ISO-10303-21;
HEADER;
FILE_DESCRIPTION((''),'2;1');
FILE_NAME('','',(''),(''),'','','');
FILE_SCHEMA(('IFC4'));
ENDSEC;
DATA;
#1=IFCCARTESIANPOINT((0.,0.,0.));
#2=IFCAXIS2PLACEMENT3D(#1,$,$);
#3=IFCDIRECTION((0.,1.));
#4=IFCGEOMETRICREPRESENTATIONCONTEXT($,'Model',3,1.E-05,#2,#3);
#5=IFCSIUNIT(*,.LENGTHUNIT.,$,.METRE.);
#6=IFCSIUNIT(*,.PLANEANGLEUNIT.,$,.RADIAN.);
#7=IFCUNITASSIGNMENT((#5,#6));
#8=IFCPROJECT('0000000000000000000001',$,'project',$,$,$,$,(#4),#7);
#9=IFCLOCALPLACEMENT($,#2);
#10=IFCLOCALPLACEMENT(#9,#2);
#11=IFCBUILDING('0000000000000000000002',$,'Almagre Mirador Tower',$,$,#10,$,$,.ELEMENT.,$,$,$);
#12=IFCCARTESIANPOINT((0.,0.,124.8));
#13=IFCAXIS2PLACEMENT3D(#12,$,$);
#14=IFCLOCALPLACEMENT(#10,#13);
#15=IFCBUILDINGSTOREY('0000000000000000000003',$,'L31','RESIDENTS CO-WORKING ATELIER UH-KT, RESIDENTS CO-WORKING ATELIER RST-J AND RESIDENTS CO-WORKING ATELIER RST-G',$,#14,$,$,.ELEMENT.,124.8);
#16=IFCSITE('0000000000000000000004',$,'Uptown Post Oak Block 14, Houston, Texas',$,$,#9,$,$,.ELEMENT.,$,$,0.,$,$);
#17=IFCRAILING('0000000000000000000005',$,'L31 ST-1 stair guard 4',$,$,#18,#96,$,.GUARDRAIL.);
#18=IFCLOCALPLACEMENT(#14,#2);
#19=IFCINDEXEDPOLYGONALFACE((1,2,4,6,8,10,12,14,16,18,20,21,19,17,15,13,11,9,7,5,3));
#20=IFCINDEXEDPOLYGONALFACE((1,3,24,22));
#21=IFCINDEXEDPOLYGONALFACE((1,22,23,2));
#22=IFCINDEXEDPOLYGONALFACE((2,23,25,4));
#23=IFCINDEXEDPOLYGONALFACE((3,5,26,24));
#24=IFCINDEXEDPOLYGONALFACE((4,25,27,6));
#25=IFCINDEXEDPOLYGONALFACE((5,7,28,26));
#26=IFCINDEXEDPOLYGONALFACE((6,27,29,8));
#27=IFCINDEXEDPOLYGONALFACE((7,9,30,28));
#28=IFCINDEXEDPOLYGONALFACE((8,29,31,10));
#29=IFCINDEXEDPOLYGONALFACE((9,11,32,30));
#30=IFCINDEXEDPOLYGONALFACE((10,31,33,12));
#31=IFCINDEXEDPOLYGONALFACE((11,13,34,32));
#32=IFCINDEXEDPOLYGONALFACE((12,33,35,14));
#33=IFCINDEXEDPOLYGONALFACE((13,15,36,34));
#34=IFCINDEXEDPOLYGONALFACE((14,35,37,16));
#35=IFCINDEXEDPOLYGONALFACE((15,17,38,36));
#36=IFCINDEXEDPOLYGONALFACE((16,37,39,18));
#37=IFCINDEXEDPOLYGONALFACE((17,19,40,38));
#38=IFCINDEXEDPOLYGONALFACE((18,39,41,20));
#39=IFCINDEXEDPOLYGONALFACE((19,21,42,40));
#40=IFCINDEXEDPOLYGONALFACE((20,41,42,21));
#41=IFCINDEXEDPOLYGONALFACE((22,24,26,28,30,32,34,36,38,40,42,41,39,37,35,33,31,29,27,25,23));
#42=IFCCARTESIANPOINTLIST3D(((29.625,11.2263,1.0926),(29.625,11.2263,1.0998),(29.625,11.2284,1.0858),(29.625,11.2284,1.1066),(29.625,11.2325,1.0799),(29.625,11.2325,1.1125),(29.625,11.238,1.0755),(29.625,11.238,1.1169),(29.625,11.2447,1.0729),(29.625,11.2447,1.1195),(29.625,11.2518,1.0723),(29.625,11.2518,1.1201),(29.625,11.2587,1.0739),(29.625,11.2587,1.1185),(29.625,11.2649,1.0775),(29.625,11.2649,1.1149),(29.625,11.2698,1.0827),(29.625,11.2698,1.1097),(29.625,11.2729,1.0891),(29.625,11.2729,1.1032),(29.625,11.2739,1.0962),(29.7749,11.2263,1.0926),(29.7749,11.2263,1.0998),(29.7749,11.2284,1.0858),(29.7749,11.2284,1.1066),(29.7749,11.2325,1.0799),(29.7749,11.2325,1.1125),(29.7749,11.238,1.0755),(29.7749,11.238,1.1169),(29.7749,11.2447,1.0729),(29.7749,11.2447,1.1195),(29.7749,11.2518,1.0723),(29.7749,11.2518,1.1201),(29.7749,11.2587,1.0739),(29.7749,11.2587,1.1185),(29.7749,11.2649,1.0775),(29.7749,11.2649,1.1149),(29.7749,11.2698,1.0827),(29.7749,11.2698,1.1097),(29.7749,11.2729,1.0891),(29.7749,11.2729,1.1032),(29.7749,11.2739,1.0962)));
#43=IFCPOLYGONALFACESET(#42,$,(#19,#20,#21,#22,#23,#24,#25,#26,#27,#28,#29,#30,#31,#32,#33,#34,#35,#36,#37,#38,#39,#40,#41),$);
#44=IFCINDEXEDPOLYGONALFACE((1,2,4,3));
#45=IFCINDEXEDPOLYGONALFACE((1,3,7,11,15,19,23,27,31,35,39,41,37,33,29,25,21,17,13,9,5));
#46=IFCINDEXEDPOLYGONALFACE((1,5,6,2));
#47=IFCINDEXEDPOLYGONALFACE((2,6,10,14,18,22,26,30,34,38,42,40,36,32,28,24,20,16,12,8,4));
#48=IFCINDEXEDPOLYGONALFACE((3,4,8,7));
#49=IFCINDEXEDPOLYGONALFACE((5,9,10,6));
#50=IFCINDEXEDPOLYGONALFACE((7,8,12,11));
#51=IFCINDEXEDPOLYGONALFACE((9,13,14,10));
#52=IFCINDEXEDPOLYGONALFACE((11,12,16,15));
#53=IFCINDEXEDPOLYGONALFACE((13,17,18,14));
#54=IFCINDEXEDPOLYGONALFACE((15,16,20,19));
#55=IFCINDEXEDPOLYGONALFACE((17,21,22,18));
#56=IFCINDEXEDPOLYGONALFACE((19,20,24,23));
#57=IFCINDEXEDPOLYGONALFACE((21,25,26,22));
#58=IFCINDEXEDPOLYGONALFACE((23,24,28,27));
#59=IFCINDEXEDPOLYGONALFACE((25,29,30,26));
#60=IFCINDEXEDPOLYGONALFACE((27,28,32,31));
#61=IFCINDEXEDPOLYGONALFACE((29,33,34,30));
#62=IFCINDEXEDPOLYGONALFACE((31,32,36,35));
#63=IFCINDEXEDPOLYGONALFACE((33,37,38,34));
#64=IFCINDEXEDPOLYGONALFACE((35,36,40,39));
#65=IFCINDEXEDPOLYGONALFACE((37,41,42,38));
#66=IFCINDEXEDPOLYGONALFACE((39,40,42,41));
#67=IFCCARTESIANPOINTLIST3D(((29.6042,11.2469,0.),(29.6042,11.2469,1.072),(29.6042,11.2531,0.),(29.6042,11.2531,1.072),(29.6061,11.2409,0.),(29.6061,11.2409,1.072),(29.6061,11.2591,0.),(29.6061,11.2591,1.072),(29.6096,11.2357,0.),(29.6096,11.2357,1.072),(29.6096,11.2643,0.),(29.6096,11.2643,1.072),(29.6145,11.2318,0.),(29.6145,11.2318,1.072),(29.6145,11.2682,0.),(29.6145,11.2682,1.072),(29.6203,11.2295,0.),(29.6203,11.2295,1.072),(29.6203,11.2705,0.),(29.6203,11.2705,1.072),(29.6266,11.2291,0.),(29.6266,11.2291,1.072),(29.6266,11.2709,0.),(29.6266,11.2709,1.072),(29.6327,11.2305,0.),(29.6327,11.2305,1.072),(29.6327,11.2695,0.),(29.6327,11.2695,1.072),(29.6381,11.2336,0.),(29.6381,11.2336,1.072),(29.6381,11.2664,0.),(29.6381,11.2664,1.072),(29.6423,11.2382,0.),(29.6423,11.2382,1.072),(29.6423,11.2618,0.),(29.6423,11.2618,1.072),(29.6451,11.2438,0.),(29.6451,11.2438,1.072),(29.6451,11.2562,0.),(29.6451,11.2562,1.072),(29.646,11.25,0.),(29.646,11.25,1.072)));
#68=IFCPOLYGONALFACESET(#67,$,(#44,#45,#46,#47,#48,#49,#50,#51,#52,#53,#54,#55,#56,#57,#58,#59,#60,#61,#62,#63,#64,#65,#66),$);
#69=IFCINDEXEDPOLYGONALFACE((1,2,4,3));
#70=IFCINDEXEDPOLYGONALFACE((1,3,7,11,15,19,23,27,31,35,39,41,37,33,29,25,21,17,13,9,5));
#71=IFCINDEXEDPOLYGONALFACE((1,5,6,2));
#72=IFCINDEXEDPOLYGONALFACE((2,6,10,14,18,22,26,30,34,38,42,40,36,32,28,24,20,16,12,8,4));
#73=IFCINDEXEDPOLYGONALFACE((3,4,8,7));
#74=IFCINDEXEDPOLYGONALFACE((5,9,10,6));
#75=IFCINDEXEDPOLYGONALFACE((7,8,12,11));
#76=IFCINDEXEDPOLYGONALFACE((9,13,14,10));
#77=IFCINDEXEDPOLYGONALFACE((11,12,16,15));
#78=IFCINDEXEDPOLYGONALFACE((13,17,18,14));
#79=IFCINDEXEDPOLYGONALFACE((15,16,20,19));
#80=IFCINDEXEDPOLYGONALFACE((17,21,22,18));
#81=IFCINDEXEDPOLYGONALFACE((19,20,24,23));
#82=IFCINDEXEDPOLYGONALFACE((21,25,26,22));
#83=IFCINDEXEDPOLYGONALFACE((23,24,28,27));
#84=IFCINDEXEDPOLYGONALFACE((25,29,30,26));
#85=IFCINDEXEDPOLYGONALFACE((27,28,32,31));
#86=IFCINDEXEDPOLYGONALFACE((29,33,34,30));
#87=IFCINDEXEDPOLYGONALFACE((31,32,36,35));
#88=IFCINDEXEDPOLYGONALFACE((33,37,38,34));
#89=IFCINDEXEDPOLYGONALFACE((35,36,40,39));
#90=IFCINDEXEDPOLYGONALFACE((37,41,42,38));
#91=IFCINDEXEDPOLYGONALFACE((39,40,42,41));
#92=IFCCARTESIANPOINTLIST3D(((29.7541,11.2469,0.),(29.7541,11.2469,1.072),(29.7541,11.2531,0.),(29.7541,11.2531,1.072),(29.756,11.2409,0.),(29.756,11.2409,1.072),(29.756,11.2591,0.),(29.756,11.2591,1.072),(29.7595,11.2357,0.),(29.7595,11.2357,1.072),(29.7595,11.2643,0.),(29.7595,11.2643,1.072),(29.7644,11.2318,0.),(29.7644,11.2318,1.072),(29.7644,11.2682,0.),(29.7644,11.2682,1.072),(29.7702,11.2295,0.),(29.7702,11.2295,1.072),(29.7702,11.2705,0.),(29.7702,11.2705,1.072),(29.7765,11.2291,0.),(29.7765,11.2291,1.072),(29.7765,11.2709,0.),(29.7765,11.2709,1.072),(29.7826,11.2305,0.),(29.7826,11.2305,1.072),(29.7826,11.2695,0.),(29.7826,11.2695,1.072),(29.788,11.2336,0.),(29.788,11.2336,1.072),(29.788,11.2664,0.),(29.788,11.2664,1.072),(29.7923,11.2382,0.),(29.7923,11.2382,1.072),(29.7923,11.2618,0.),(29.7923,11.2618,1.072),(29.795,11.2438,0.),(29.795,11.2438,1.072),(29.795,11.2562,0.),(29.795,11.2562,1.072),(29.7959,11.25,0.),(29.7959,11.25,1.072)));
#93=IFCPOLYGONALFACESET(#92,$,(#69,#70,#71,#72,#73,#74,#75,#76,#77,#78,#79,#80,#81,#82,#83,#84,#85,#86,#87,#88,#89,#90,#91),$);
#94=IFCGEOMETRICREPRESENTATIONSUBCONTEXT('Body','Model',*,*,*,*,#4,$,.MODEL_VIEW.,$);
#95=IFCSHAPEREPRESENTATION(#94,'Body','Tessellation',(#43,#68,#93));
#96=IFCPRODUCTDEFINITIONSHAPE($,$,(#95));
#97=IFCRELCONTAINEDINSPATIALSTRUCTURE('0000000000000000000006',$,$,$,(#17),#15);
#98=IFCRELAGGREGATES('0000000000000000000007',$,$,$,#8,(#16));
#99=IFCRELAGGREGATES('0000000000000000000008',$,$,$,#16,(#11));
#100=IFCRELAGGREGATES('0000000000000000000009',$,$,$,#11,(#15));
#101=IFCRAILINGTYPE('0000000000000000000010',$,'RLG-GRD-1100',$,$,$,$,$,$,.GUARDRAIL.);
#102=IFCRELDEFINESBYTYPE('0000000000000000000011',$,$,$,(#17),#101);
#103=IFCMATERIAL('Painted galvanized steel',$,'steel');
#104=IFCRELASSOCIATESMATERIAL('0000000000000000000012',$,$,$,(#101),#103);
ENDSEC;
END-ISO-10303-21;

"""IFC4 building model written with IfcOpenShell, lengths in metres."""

from ifc_helpers import new_model, si_unit, direction, frame, origin, origin_2d, place, context, subcontext, project, spatial, circle, extrude, material, type_object, element, save


model = new_model("IFC4")

# Units and contexts
model_context = context("Model", 3, precision=1e-05, world=origin(), true_north=direction((0.0, 1.0)))
body_context = subcontext(model_context, "Body", "Model", "MODEL_VIEW")
ifc_project = project(units=[si_unit("LENGTHUNIT", "METRE"), si_unit("PLANEANGLEUNIT", "RADIAN")], contexts=[model_context])

# Site, building, storey
site_placement = place(None, origin())
site = spatial("IfcSite", under=ifc_project, at=site_placement, Name="Uptown Post Oak Block 14, Houston, Texas", CompositionType="ELEMENT", RefElevation=0.0)
building_placement = place(site_placement, origin())
building = spatial("IfcBuilding", under=site, at=building_placement, Name="Almagre Mirador Tower", CompositionType="ELEMENT")
storey_placement = place(building_placement, frame((0.0, 0.0, 124.8)))
storey = spatial("IfcBuildingStorey", under=building, at=storey_placement, Name="L31", Description="RESIDENTS CO-WORKING ATELIER UH-KT, RESIDENTS CO-WORKING ATELIER RST-J AND RESIDENTS CO-WORKING ATELIER RST-G", CompositionType="ELEMENT", Elevation=124.8)

# Railing
ifc_material_1 = material(Name="Painted galvanized steel", Category="steel")
railing_type_1 = type_object("IfcRailingType", Name="RLG-GRD-1100", PredefinedType="GUARDRAIL", material=ifc_material_1)
railing_1_placement = place(storey_placement, frame((29.625, 11.25, 0.0)))
element("IfcRailing", 1, at=railing_1_placement, inside=storey, type_object=railing_type_1, Name="L31 ST-1 stair guard 4", PredefinedType="GUARDRAIL", context=body_context, shape_type="SweptSolid", body=[
    extrude(circle(Radius=0.0239, at=origin_2d()), frame((0.0, 0.0, 1.0962), z_axis=(1.0, 0.0, 0.0), x_axis=(0.0, 1.0, 0.0)), (0.0, 0.0, 1.0), 0.1499),
    extrude(circle(Radius=0.021, at=origin_2d()), origin(), (0.0, 0.0, 1.0), 1.072),
    extrude(circle(Radius=0.021, at=origin_2d()), frame((0.1499, 0.0, 0.0)), (0.0, 0.0, 1.0), 1.072),
])

save(model, "model.ifc")
